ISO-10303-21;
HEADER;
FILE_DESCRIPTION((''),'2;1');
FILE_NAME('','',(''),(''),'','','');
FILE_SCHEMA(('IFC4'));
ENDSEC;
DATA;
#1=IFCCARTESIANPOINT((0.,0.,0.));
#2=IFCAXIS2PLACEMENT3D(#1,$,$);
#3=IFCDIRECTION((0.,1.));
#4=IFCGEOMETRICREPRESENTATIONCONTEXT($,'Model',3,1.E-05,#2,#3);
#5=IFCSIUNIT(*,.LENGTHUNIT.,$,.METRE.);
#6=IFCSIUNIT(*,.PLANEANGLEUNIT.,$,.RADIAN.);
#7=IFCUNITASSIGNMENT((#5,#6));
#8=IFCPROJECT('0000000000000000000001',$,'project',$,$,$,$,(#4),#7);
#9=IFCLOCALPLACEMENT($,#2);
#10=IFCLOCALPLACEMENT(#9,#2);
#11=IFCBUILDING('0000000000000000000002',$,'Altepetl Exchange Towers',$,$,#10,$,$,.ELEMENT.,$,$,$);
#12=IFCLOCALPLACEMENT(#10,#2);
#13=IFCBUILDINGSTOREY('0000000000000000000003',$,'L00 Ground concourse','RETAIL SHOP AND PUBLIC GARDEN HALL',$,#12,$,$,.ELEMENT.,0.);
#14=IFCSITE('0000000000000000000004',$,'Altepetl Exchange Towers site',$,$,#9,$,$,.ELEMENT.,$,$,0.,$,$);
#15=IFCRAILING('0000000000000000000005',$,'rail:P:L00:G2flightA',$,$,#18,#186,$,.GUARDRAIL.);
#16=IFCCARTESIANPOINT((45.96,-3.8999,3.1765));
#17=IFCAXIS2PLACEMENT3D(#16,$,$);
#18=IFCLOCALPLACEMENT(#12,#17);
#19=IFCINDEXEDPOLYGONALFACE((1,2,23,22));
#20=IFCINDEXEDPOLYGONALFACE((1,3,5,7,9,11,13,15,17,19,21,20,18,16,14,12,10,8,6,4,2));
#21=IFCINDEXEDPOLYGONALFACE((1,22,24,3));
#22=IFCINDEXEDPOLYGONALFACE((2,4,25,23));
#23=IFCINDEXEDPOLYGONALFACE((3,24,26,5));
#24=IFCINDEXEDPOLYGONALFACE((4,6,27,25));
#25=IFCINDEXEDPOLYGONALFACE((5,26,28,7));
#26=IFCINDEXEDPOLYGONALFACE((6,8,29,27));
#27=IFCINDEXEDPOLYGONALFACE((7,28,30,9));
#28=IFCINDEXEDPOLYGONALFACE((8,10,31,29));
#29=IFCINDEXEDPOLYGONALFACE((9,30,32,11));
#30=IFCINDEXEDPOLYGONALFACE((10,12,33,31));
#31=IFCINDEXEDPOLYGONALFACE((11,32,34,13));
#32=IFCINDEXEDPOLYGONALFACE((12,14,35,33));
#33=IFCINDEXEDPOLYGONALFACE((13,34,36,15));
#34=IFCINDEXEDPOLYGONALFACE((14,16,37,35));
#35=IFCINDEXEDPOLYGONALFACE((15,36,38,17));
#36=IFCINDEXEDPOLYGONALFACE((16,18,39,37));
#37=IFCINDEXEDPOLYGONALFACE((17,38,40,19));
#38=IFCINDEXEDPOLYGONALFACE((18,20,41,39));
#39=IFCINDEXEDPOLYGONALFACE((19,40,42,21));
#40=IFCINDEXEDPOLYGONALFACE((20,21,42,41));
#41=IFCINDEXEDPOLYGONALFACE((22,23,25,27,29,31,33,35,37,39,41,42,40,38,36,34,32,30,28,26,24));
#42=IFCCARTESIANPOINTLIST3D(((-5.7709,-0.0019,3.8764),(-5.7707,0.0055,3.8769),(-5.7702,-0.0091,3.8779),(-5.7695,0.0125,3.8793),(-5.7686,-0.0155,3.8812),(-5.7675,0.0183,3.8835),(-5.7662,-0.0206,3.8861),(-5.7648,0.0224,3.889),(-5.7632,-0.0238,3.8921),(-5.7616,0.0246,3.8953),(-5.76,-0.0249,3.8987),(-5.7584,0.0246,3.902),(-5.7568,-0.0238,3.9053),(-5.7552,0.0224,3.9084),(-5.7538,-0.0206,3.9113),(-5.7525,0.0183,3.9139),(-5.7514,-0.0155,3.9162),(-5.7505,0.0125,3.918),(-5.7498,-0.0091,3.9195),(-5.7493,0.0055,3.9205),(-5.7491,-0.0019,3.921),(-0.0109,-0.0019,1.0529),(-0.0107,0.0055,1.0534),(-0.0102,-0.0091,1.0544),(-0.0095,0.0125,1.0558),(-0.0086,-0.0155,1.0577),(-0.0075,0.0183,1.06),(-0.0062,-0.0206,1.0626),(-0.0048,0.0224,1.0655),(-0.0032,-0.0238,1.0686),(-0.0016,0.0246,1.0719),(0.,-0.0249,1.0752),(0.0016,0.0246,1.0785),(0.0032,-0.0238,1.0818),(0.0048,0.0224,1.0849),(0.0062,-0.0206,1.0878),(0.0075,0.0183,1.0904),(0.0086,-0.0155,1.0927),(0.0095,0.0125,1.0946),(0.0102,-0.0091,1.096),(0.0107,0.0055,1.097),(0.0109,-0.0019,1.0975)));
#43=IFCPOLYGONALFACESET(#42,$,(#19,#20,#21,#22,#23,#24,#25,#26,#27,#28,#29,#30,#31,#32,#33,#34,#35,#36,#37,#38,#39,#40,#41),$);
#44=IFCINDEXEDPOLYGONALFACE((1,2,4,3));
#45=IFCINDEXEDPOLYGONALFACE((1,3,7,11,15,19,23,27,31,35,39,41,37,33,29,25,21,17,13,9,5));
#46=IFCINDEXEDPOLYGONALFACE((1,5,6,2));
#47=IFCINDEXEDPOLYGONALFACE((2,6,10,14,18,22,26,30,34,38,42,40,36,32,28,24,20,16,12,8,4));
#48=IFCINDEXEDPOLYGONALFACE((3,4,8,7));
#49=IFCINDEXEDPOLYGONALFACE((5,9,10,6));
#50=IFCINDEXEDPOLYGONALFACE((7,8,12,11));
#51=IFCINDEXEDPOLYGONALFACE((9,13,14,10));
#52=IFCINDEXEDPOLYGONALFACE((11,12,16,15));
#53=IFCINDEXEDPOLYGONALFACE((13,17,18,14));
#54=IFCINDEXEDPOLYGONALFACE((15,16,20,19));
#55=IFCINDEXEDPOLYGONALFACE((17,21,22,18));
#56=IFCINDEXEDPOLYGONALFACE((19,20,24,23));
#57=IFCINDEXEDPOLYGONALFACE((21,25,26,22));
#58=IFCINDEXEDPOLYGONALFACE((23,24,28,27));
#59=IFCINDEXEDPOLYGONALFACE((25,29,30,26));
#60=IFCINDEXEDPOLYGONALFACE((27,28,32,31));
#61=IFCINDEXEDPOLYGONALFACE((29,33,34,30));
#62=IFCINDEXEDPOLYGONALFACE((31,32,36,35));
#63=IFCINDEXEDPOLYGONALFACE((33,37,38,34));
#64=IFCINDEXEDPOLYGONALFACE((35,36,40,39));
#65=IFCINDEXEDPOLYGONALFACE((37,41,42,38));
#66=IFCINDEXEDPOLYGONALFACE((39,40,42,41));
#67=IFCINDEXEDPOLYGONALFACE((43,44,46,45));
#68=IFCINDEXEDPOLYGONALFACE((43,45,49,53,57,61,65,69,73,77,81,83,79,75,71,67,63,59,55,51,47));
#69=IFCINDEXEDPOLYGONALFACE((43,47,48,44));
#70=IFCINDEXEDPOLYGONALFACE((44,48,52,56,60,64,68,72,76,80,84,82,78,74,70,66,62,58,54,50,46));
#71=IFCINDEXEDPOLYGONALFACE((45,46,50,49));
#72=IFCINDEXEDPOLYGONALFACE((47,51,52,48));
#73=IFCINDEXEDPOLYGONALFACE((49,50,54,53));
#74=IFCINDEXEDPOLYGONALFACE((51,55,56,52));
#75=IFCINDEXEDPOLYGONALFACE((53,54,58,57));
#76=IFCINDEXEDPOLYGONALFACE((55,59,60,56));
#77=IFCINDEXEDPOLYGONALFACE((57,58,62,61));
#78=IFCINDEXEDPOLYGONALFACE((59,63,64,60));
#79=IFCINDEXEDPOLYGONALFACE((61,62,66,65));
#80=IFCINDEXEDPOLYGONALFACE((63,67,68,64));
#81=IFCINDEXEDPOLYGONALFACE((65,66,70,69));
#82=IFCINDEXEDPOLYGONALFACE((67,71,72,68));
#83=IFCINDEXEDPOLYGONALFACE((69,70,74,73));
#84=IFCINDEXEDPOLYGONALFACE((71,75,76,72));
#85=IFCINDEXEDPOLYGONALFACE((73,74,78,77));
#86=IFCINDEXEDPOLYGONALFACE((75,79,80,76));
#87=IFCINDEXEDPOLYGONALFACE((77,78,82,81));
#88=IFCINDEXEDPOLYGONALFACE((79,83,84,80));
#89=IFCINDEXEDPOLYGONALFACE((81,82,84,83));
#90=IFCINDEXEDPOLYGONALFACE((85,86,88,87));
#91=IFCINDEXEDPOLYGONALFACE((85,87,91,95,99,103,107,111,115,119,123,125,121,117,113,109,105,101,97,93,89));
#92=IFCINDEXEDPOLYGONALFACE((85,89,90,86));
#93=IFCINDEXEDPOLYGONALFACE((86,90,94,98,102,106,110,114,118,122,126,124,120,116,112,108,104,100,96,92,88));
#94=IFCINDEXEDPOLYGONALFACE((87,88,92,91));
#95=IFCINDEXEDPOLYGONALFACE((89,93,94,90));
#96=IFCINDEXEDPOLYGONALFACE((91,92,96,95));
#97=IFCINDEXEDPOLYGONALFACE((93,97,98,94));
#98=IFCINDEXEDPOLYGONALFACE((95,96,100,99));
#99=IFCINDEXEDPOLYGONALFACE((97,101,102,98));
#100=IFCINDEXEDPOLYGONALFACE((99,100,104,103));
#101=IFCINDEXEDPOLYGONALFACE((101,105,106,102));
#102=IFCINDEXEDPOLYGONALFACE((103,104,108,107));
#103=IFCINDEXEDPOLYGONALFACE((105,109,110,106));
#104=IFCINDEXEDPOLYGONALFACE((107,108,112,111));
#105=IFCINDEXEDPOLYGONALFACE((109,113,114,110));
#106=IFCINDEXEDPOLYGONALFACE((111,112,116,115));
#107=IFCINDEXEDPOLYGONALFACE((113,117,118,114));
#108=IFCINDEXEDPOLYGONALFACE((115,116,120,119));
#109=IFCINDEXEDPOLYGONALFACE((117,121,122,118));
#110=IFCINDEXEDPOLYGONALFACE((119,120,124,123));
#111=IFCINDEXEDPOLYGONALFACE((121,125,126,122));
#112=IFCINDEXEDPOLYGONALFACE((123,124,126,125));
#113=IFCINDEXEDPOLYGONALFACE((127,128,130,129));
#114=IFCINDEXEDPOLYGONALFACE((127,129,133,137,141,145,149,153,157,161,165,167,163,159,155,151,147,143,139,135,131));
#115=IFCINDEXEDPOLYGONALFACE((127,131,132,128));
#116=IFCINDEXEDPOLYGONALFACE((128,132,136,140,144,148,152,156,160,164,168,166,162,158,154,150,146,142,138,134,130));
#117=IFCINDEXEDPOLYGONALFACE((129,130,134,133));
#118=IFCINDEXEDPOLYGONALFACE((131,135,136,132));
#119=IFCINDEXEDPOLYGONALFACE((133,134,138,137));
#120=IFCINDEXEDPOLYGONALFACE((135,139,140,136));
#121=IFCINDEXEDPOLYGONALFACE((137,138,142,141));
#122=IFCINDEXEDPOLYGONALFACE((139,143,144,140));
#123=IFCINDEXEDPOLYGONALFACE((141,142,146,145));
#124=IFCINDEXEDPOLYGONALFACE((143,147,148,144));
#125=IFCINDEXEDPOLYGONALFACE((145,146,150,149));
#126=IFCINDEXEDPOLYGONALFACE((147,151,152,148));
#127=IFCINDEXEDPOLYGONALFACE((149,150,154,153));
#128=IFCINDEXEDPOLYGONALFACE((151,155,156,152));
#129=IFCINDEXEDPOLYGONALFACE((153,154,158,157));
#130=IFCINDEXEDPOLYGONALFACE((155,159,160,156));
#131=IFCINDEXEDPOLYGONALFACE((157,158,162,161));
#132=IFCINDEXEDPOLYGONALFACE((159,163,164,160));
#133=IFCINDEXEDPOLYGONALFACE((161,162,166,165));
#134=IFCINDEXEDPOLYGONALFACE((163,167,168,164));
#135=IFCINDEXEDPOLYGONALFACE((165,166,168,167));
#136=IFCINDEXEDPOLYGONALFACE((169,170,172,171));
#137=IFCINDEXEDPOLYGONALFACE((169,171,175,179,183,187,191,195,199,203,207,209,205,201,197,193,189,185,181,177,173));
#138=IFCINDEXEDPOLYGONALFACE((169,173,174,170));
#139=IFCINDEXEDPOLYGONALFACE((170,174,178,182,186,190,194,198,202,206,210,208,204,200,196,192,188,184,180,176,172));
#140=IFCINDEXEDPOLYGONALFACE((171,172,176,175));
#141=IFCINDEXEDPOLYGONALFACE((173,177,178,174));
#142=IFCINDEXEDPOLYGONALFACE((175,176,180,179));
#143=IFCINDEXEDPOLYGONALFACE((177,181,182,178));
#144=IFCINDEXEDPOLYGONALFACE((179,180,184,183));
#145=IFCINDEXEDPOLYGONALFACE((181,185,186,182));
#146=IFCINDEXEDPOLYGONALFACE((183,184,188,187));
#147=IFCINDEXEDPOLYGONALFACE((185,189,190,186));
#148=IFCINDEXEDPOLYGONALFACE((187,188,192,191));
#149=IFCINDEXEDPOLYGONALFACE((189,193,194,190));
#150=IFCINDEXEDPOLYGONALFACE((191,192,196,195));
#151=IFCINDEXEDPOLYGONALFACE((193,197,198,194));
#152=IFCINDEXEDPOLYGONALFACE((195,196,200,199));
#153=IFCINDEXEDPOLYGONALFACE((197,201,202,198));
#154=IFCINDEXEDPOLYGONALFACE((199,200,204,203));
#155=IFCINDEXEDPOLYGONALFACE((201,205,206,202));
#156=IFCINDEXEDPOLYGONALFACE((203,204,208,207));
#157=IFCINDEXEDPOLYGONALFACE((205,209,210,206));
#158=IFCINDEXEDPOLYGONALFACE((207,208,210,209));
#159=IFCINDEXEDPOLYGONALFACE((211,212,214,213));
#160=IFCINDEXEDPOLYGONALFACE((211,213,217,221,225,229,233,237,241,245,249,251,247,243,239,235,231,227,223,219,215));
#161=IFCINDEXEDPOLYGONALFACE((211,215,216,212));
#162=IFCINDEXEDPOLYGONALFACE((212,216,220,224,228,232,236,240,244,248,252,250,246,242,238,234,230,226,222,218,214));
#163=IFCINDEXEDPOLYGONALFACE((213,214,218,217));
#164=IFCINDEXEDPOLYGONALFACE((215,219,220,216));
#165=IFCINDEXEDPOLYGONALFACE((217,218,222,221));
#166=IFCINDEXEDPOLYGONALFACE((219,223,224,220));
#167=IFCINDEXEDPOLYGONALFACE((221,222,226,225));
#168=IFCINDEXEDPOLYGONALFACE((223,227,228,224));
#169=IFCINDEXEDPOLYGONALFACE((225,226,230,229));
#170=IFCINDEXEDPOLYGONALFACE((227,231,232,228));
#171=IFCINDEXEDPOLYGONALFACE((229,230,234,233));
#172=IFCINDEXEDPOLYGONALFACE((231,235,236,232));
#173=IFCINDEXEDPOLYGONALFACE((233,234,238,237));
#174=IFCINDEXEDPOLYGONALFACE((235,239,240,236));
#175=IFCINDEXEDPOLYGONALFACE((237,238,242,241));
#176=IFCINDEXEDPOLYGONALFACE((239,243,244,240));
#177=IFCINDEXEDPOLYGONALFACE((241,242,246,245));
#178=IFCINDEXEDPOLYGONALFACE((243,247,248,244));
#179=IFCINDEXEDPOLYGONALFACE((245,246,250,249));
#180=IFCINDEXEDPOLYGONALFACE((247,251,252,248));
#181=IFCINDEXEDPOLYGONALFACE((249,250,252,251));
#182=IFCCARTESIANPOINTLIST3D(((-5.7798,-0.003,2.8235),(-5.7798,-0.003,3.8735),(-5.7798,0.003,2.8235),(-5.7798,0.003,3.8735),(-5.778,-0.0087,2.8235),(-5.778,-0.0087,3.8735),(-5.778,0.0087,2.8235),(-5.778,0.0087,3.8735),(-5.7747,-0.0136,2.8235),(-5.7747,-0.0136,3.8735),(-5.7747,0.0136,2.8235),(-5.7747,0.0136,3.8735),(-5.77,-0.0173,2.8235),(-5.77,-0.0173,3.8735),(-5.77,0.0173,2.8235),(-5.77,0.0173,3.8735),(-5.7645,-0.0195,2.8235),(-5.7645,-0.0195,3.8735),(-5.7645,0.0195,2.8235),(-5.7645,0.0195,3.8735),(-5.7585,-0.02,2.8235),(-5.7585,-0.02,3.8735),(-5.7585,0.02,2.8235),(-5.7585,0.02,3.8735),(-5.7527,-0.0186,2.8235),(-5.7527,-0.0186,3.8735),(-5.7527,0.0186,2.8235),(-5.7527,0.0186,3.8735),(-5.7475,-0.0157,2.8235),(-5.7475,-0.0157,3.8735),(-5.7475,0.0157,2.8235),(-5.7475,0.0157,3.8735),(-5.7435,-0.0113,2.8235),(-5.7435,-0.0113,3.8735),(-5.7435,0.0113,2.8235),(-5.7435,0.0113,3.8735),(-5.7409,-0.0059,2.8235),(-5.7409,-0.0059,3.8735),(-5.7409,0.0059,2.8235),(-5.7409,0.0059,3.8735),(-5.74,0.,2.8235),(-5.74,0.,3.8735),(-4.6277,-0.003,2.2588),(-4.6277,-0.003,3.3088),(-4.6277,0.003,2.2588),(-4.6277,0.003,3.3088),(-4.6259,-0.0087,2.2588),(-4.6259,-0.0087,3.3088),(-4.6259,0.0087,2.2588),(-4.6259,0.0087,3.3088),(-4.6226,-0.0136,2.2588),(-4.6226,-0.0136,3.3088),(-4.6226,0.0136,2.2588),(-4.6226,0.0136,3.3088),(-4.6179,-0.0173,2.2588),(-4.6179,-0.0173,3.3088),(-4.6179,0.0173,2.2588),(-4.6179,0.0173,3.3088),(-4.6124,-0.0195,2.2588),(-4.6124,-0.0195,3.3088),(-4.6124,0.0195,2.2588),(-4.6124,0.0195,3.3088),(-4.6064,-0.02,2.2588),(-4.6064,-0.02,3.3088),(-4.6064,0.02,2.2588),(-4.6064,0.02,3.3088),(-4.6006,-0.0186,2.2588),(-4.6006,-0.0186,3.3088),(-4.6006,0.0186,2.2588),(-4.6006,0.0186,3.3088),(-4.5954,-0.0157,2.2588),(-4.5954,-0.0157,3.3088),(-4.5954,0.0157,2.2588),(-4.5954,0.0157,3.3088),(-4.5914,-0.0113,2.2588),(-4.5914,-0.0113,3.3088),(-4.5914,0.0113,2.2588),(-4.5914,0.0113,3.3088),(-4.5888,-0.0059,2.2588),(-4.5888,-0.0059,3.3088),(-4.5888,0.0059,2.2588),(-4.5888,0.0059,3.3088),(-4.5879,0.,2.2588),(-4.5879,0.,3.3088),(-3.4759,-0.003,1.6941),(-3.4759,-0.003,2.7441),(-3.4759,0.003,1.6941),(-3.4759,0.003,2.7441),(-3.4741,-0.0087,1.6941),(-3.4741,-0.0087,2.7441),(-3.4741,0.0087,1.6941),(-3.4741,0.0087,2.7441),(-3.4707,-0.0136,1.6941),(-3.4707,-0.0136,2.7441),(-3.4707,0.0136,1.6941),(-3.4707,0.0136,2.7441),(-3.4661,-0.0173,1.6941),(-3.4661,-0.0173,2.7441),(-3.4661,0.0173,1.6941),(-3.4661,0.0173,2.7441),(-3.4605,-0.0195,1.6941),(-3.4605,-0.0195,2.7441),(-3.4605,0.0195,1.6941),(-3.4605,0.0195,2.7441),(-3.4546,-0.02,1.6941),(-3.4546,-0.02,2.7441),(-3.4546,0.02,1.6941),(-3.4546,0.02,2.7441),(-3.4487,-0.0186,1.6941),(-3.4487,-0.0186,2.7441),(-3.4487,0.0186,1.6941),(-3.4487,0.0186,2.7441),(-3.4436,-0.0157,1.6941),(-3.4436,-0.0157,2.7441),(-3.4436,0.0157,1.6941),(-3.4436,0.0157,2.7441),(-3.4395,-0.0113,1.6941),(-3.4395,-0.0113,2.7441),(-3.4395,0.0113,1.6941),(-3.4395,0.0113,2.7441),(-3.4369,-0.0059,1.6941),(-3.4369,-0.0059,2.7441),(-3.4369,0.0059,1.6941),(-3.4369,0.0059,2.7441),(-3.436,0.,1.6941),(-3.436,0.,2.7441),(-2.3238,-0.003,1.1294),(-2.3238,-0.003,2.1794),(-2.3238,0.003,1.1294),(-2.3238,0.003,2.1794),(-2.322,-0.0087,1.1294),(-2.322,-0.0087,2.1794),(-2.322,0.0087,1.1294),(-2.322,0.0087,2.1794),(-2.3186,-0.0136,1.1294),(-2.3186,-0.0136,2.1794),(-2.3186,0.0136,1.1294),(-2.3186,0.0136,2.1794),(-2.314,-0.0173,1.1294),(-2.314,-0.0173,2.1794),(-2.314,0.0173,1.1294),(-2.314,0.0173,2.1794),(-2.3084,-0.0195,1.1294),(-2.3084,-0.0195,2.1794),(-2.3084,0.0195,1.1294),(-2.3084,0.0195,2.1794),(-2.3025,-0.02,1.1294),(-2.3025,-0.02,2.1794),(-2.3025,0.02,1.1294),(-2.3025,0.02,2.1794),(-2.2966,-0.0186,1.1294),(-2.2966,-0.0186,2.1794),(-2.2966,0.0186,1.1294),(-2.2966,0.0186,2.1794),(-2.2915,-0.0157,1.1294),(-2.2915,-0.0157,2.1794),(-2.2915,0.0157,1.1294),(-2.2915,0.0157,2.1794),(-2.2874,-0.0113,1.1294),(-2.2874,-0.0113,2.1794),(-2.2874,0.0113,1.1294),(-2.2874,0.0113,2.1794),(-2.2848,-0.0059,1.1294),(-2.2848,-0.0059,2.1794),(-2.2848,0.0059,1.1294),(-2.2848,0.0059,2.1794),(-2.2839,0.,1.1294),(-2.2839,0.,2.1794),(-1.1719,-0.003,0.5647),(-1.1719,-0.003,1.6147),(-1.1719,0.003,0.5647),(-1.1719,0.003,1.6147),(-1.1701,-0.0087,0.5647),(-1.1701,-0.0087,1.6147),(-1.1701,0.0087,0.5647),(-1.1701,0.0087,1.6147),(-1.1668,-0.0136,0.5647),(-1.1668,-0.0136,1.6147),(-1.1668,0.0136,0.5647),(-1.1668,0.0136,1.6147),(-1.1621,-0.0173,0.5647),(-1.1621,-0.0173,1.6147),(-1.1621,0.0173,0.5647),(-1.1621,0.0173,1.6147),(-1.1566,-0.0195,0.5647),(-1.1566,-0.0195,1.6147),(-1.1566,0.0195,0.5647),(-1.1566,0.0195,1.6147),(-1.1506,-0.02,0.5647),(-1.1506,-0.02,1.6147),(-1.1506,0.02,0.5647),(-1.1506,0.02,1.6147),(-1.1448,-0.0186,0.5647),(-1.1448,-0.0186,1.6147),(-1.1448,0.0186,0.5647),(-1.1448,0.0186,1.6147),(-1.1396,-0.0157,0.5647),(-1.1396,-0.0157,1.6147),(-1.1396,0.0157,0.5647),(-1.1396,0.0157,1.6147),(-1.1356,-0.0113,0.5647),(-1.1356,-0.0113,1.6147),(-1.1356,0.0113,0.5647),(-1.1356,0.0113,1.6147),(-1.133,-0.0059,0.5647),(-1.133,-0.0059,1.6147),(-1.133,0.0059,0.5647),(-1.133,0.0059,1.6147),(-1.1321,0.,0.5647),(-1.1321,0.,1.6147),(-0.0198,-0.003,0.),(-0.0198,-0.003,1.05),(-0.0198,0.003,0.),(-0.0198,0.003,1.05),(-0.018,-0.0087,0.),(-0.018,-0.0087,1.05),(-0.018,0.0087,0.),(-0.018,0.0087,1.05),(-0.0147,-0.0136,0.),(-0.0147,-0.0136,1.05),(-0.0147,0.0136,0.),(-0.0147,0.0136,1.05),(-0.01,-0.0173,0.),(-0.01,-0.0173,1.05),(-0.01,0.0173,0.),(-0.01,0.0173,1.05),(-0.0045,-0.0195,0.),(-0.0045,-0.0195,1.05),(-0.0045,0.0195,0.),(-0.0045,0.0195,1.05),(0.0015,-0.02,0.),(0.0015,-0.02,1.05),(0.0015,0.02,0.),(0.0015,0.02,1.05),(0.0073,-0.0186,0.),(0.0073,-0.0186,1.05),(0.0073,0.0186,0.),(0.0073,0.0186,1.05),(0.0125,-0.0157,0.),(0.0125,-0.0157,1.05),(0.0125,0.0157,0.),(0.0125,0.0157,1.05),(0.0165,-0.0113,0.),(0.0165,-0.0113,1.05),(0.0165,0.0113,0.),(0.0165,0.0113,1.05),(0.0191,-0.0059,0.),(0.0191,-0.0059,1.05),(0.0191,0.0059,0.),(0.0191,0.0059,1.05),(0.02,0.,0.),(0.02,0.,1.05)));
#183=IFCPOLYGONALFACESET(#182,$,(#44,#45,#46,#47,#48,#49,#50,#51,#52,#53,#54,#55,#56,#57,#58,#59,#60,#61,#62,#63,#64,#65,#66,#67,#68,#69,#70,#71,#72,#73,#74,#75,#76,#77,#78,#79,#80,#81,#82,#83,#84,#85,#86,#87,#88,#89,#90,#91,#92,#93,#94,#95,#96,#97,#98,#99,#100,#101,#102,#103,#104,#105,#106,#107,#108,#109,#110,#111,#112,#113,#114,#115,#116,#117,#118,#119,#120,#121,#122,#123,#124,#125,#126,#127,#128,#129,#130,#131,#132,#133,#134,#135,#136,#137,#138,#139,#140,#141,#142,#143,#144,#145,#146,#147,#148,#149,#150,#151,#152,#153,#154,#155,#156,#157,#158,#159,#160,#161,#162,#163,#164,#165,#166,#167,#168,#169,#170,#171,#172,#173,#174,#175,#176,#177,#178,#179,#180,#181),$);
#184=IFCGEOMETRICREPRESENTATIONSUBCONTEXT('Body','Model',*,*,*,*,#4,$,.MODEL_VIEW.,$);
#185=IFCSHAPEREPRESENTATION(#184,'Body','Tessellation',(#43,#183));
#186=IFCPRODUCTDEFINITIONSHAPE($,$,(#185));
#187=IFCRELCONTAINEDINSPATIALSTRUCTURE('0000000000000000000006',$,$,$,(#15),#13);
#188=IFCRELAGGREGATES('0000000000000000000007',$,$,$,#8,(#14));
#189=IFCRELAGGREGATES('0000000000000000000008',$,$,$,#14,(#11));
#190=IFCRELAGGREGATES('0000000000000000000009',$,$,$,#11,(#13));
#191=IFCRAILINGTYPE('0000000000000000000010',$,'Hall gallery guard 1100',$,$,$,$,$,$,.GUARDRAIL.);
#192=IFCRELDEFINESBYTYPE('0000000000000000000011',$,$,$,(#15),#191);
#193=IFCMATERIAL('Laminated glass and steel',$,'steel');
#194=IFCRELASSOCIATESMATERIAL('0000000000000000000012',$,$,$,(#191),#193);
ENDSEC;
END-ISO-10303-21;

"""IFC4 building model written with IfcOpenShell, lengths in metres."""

from ifc_helpers import new_model, si_unit, direction, frame, origin, origin_2d, place, context, subcontext, project, spatial, circle, extrude, source, transform, mapped, material, type_object, element, save


model = new_model("IFC4")

# Units and contexts
model_context = context("Model", 3, precision=1e-05, world=origin(), true_north=direction((0.0, 1.0)))
body_context = subcontext(model_context, "Body", "Model", "MODEL_VIEW")
ifc_project = project(units=[si_unit("LENGTHUNIT", "METRE"), si_unit("PLANEANGLEUNIT", "RADIAN")], contexts=[model_context])

# Site, building, storey
site_placement = place(None, origin())
site = spatial("IfcSite", under=ifc_project, at=site_placement, Name="Altepetl Exchange Towers site", CompositionType="ELEMENT", RefElevation=0.0)
building_placement = place(site_placement, origin())
building = spatial("IfcBuilding", under=site, at=building_placement, Name="Altepetl Exchange Towers", CompositionType="ELEMENT")
storey_placement = place(building_placement, origin())
storey = spatial("IfcBuildingStorey", under=building, at=storey_placement, Name="L00 Ground concourse", Description="RETAIL SHOP AND PUBLIC GARDEN HALL", CompositionType="ELEMENT", Elevation=0.0)

# Railing
ifc_material_1 = material(Name="Laminated glass and steel", Category="steel")
railing_type_1 = type_object("IfcRailingType", Name="Hall gallery guard 1100", PredefinedType="GUARDRAIL", material=ifc_material_1)
shared_shape_1 = source(origin(), body_context, "Body", "SweptSolid", [
    extrude(circle(Radius=0.02, at=origin_2d()), origin(), (0.0, 0.0, 1.0), 1.05),
])
for number, where, name in (
    (1, (45.96, -3.8999, 3.1765), "rail:P:L00:G2flightA"),
):
    element("IfcRailing", number, at=place(storey_placement, frame(where)), inside=storey, type_object=railing_type_1, Name=name, PredefinedType="GUARDRAIL", context=body_context, shape_type="SweptSolid", body=[
        extrude(circle(Radius=0.0249, at=origin_2d()), frame((0.0, 0.0, 1.0752), z_axis=(-0.897924, 0.0, 0.440151), x_axis=(0.0, -1.0, 0.0)), (0.0, 0.0, 1.0), 6.4148),
        mapped(shared_shape_1, transform((0.0, 0.0, 0.0))),
        mapped(shared_shape_1, transform((-1.1521, 0.0, 0.5647))),
        mapped(shared_shape_1, transform((-2.304, 0.0, 1.1294))),
        mapped(shared_shape_1, transform((-3.4561, 0.0, 1.6941))),
        mapped(shared_shape_1, transform((-4.6079, 0.0, 2.2588))),
        mapped(shared_shape_1, transform((-5.76, 0.0, 2.8235))),
    ])

save(model, "model.ifc")
